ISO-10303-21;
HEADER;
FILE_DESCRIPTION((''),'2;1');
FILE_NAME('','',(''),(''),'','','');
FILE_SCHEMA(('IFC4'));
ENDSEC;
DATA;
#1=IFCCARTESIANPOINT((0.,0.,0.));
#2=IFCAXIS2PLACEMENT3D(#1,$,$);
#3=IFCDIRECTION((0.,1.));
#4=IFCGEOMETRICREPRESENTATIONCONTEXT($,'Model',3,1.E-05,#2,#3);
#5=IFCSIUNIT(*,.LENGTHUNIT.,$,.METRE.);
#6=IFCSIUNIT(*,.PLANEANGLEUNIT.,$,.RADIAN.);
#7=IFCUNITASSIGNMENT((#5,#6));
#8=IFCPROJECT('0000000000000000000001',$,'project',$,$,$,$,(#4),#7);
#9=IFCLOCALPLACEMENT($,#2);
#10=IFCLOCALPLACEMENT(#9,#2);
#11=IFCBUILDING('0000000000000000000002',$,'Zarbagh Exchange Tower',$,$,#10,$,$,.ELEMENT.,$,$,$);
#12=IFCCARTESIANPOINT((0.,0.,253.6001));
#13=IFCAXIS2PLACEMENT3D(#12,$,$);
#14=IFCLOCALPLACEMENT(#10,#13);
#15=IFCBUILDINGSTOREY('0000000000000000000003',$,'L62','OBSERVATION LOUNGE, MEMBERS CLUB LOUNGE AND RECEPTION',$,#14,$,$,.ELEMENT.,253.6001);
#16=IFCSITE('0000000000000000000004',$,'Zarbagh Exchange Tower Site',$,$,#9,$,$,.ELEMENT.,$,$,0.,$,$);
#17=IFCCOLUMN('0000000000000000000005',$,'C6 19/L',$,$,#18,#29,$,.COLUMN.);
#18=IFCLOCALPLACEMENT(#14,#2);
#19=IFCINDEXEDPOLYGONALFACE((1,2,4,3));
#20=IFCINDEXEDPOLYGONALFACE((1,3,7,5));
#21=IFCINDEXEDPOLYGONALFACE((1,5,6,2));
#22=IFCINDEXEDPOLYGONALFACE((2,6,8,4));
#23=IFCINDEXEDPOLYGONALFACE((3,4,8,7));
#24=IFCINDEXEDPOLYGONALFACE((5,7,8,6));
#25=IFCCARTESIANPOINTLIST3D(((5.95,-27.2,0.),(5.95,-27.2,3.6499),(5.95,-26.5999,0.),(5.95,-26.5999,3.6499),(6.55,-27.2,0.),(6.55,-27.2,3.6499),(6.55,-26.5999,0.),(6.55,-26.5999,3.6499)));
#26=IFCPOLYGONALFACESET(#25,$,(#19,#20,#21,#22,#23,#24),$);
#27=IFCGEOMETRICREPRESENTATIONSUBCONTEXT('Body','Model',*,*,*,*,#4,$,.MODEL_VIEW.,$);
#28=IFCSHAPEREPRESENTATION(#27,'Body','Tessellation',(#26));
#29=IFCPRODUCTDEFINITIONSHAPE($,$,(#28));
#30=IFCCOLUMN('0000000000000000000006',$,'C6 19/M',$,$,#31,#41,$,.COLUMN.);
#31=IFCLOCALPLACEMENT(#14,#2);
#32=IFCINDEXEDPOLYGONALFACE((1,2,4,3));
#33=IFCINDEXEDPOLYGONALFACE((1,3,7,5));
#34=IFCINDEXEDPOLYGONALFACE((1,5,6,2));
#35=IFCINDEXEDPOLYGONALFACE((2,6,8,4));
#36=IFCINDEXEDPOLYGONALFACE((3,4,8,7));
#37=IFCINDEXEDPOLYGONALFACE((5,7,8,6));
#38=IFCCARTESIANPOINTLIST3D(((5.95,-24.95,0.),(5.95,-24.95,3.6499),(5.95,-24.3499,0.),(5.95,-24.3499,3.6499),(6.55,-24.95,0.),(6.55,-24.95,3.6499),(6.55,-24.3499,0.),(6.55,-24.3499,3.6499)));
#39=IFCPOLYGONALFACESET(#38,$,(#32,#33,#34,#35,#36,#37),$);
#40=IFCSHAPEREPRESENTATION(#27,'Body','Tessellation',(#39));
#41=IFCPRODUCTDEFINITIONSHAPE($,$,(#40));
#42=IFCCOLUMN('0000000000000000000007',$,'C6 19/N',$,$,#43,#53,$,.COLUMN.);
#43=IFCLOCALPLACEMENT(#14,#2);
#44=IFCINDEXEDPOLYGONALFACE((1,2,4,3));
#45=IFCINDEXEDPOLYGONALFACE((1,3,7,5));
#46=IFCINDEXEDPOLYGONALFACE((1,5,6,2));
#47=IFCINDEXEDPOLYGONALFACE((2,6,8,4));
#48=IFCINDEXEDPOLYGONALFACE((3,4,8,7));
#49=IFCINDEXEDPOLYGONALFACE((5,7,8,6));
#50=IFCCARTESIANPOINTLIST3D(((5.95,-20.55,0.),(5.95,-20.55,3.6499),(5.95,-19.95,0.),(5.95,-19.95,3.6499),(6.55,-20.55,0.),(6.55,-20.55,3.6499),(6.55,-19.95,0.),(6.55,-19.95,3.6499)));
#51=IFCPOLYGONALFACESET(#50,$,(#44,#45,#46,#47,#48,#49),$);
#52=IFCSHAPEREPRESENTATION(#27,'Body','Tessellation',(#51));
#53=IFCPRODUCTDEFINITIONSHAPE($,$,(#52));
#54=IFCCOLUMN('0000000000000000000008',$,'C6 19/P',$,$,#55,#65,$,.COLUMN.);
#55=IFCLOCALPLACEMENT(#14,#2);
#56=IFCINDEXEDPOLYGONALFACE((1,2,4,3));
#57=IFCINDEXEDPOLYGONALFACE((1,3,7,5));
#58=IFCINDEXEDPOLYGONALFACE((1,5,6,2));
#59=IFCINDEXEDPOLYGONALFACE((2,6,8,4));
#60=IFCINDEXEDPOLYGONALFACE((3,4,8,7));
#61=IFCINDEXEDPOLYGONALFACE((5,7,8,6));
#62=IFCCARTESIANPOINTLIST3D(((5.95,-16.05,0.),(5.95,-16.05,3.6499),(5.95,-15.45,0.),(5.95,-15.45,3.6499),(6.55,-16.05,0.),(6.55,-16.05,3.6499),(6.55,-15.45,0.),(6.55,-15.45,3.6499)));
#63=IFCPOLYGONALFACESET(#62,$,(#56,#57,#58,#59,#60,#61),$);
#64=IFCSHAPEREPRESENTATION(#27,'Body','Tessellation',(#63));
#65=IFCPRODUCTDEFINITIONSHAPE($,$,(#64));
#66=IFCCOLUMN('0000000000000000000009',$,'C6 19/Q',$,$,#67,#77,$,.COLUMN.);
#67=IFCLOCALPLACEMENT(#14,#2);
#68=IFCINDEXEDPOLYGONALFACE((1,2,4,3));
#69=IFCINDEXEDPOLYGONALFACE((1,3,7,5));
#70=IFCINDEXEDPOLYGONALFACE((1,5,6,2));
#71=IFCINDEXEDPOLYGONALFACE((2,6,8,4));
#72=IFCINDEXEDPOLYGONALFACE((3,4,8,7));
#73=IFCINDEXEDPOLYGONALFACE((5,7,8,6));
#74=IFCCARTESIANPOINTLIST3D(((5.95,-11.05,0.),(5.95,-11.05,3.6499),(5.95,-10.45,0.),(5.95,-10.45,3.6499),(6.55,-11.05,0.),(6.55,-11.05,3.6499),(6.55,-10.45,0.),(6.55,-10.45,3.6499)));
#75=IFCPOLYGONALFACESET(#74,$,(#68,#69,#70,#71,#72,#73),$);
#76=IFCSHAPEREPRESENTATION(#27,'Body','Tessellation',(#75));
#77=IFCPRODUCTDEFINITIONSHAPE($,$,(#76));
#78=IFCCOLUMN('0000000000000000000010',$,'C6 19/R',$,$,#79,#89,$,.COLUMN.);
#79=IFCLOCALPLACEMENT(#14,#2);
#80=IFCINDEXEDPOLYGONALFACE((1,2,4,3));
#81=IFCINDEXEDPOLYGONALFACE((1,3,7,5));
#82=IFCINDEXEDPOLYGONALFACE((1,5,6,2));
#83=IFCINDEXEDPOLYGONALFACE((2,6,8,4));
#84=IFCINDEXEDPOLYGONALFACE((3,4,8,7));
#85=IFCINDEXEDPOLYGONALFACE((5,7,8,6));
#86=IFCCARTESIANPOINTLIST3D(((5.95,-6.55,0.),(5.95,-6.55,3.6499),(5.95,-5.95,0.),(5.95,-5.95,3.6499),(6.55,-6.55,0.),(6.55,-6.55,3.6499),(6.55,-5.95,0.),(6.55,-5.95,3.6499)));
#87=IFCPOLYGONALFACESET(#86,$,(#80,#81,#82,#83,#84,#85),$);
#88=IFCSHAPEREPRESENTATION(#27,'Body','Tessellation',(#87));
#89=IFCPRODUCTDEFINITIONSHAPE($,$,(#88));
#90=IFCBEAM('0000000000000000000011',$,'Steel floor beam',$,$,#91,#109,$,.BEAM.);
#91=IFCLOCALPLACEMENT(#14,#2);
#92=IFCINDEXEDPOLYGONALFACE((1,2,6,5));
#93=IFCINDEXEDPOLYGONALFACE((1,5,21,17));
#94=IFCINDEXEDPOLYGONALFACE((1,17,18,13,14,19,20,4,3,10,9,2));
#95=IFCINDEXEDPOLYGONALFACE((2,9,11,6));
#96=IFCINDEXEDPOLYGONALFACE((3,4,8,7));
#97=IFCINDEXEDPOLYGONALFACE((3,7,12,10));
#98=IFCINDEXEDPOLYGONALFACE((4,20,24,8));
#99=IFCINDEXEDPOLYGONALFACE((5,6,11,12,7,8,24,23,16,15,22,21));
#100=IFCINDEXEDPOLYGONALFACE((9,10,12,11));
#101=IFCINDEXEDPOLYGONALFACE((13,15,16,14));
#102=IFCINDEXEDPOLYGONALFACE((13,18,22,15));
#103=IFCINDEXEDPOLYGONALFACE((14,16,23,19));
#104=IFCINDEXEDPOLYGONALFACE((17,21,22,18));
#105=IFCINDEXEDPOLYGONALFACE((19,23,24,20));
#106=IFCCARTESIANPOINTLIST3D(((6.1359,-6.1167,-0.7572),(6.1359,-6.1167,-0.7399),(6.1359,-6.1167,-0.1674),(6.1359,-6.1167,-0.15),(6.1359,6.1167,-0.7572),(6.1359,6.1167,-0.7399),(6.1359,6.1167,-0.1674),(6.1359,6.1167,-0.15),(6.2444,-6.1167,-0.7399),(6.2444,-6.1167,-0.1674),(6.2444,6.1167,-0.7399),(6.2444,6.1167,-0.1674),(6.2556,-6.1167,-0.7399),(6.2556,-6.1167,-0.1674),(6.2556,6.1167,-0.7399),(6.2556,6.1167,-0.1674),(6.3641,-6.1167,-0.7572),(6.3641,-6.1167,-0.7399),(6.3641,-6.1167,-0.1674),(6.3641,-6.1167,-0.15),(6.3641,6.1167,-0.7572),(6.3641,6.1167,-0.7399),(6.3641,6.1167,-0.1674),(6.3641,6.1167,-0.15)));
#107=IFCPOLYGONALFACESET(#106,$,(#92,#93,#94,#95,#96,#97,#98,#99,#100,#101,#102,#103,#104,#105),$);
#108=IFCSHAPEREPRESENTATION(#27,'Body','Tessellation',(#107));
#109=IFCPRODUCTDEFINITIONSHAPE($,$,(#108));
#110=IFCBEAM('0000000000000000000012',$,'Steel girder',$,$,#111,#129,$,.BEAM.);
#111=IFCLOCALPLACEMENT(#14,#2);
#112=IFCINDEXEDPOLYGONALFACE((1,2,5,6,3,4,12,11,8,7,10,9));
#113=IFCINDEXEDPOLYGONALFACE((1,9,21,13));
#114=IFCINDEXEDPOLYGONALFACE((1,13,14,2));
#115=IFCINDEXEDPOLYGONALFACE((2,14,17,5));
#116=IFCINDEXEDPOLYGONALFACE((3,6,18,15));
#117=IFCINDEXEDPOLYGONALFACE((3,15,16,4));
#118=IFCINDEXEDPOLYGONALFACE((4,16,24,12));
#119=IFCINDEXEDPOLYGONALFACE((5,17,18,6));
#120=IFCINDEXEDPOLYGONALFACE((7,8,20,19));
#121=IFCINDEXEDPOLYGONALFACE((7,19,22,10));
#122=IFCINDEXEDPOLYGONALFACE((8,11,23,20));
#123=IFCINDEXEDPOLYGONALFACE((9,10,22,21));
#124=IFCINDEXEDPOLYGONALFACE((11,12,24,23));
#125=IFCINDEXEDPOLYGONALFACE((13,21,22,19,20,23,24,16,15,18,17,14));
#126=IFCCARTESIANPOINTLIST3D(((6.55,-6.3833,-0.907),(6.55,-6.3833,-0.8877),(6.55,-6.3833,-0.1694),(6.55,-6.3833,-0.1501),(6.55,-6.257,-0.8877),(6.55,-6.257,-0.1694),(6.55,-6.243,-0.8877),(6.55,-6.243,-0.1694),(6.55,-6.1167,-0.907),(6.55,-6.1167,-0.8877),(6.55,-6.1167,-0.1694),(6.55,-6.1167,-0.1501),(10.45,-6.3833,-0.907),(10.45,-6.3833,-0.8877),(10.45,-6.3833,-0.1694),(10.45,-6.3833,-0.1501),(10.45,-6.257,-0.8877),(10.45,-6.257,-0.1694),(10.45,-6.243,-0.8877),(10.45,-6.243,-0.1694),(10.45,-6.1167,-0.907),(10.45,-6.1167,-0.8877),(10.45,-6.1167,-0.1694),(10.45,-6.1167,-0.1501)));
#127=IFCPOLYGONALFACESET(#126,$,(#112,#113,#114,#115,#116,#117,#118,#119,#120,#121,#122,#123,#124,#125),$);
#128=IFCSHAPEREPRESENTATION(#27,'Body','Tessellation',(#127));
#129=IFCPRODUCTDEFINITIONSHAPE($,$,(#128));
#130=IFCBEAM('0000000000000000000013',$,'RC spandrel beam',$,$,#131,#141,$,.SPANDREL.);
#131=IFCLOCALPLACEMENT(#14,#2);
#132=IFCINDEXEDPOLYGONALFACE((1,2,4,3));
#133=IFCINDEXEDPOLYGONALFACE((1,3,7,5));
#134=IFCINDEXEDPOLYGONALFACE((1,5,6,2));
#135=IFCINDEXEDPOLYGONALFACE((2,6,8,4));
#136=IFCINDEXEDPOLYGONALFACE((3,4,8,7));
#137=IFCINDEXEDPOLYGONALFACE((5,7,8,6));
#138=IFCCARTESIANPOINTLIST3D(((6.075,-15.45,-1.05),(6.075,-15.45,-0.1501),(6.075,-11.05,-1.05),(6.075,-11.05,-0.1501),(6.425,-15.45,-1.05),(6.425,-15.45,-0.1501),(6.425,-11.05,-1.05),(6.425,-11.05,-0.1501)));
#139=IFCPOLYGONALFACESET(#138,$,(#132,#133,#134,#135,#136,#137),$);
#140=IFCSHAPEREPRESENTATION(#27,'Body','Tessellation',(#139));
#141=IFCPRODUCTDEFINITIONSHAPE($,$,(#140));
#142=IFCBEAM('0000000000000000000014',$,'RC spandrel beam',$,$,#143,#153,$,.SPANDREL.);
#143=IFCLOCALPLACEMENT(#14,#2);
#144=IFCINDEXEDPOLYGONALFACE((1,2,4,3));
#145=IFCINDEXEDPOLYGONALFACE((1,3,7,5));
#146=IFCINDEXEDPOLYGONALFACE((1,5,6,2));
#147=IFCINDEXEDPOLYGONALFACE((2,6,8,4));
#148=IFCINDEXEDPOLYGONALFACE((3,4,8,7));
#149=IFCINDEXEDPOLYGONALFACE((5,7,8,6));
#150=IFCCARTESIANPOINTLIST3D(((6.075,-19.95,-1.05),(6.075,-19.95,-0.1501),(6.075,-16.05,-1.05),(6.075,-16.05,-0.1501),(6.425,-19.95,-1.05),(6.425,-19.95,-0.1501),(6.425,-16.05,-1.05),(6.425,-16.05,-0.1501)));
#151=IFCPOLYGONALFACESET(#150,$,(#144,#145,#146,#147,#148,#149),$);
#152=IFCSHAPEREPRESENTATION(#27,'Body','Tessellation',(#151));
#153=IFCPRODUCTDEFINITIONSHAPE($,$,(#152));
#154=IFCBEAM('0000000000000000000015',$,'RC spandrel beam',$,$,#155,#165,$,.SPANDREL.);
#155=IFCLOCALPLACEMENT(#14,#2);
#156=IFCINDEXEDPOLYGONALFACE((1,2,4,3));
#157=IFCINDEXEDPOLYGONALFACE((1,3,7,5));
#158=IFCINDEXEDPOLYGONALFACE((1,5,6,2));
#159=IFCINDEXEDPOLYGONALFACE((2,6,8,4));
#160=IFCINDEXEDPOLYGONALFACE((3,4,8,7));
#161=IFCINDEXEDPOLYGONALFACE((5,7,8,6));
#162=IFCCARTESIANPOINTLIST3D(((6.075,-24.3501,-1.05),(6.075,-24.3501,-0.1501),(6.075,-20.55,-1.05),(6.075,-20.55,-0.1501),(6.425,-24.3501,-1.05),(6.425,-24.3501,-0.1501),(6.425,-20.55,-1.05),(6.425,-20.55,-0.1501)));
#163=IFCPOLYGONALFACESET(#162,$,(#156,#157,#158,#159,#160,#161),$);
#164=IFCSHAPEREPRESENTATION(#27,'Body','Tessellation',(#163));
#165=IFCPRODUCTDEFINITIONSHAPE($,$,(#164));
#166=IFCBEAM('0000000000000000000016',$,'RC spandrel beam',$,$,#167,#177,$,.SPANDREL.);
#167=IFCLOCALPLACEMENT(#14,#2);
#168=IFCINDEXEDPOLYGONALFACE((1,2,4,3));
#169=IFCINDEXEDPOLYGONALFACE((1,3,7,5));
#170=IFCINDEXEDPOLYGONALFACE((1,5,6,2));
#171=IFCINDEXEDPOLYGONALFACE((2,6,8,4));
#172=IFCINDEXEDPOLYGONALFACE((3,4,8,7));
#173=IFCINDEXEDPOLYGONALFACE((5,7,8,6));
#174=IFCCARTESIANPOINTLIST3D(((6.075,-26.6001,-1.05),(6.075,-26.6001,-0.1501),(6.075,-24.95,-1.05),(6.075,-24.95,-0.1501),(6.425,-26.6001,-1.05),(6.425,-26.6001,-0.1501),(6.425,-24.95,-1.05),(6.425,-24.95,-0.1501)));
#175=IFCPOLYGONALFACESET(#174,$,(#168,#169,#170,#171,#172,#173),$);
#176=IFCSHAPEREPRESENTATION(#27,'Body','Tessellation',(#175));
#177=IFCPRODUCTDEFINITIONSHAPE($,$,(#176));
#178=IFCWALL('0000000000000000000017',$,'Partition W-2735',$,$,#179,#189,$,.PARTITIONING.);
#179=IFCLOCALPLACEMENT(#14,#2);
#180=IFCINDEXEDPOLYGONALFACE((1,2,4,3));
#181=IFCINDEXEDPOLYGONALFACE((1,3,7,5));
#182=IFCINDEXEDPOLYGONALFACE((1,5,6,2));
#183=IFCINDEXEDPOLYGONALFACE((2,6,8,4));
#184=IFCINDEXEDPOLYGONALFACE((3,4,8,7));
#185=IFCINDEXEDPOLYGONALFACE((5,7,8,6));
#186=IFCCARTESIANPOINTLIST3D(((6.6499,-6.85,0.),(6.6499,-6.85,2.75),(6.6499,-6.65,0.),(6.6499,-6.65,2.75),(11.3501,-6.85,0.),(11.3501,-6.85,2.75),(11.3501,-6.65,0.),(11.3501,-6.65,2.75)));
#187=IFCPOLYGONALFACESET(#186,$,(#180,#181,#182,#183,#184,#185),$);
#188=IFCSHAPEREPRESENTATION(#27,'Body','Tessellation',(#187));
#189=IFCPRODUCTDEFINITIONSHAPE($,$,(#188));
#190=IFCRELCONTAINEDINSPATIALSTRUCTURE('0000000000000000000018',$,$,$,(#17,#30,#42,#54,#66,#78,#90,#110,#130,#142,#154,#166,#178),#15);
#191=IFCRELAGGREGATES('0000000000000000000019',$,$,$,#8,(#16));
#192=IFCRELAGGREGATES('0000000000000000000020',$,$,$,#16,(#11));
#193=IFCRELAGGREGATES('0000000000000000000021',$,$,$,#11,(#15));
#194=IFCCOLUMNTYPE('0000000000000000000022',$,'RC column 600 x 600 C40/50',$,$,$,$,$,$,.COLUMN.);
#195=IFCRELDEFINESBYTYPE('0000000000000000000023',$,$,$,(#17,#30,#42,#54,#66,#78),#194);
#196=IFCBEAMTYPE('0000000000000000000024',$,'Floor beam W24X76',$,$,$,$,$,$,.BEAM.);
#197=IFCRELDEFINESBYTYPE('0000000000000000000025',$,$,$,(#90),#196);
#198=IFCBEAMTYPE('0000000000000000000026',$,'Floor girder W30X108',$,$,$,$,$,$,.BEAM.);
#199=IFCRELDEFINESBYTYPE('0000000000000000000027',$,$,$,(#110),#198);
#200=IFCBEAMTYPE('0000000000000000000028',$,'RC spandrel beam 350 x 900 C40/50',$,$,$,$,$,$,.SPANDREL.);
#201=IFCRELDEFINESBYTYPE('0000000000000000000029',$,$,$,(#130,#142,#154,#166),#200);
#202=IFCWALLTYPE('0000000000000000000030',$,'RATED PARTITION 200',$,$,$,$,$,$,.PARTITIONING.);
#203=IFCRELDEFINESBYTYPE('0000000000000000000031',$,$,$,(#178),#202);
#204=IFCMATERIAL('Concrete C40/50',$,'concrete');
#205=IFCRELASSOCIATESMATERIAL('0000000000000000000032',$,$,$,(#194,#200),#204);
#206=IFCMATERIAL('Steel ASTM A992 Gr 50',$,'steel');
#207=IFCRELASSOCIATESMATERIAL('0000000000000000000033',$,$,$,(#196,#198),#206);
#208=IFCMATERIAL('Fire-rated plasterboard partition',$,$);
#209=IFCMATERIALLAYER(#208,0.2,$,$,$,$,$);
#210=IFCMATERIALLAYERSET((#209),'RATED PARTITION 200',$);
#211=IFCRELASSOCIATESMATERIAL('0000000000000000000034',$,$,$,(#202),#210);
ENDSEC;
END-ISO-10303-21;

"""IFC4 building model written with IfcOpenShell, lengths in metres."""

from ifc_helpers import new_model, si_unit, direction, frame, frame_2d, origin, origin_2d, place, context, subcontext, project, spatial, rectangle, i_section, extrude, material, layer, layer_set, material_profile, profile_set, type_object, element, save


model = new_model("IFC4")

# Units and contexts
model_context = context("Model", 3, precision=1e-05, world=origin(), true_north=direction((0.0, 1.0)))
body_context = subcontext(model_context, "Body", "Model", "MODEL_VIEW")
ifc_project = project(units=[si_unit("LENGTHUNIT", "METRE"), si_unit("PLANEANGLEUNIT", "RADIAN")], contexts=[model_context])

# Site, building, storey
site_placement = place(None, origin())
site = spatial("IfcSite", under=ifc_project, at=site_placement, Name="Zarbagh Exchange Tower Site", CompositionType="ELEMENT", RefElevation=0.0)
building_placement = place(site_placement, origin())
building = spatial("IfcBuilding", under=site, at=building_placement, Name="Zarbagh Exchange Tower", CompositionType="ELEMENT")
storey_placement = place(building_placement, frame((0.0, 0.0, 253.6001)))
storey = spatial("IfcBuildingStorey", under=building, at=storey_placement, Name="L62", Description="OBSERVATION LOUNGE, MEMBERS CLUB LOUNGE AND RECEPTION", CompositionType="ELEMENT", Elevation=253.6001)

# Columns
ifc_material_1 = material(Name="Concrete C40/50", Category="concrete")
ifc_material_profile_1 = material_profile(ifc_material_1, rectangle(XDim=0.6001, YDim=0.6001, at=origin_2d()), Name="RC column 600 x 600 C40/50")
ifc_profile_set_1 = profile_set([ifc_material_profile_1], Name="Concrete C40/50")
column_type = type_object("IfcColumnType", Name="RC column 600 x 600 C40/50", PredefinedType="COLUMN", material=ifc_profile_set_1)
for number, where, z_axis, x_axis, name in (
    (1, (6.25, -26.8999, 0.0), (0.0, 0.0, 1.0), (1.0, 0.0, 0.0), "C6 19/L"),
    (2, (6.25, -24.6499, 0.0), (0.0, 0.0, 1.0), (1.0, 0.0, 0.0), "C6 19/M"),
    (3, (6.25, -20.25, 0.0), (0.0, 0.0, 1.0), (1.0, 0.0, 0.0), "C6 19/N"),
    (4, (6.25, -15.75, 0.0), (0.0, 0.0, 1.0), (1.0, 0.0, 0.0), "C6 19/P"),
    (5, (6.25, -10.75, 0.0), (0.0, 0.0, 1.0), (1.0, 0.0, 0.0), "C6 19/Q"),
    (6, (6.25, -6.25, 0.0), (0.0, 0.0, 1.0), (1.0, 0.0, 0.0), "C6 19/R"),
):
    element("IfcColumn", number, at=place(storey_placement, frame(where, z_axis=z_axis, x_axis=x_axis)), inside=storey, type_object=column_type, Name=name, PredefinedType="COLUMN", context=body_context, shape_type="SweptSolid", body=[
        extrude(rectangle(XDim=0.6001, YDim=0.6001, at=origin_2d()), origin(), (0.0, 0.0, 1.0), 3.6499),
    ])

# Beams
ifc_material_2 = material(Name="Steel ASTM A992 Gr 50", Category="steel")
ifc_material_profile_2 = material_profile(ifc_material_2, i_section(OverallWidth=0.2283, OverallDepth=0.6072, WebThickness=0.0112, FlangeThickness=0.0173, at=origin_2d()), Name="W24X76")
ifc_profile_set_2 = profile_set([ifc_material_profile_2], Name="Steel ASTM A992 Gr 50")
beam_type_1 = type_object("IfcBeamType", Name="Floor beam W24X76", PredefinedType="BEAM", material=ifc_profile_set_2)
beam_1_placement = place(storey_placement, frame((6.25, -6.1167, -0.4536), z_axis=(0.0, 1.0, 0.0), x_axis=(-1.0, 0.0, 0.0)))
element("IfcBeam", 7, at=beam_1_placement, inside=storey, type_object=beam_type_1, Name="Steel floor beam", PredefinedType="BEAM", context=body_context, shape_type="SweptSolid", body=[
    extrude(i_section(OverallWidth=0.2283, OverallDepth=0.6072, WebThickness=0.0112, FlangeThickness=0.0173, at=origin_2d()), origin(), (0.0, 0.0, 1.0), 12.2334),
])
ifc_material_profile_3 = material_profile(ifc_material_2, i_section(OverallWidth=0.2666, OverallDepth=0.7568, WebThickness=0.0139, FlangeThickness=0.0193, at=origin_2d()), Name="W30X108")
ifc_profile_set_3 = profile_set([ifc_material_profile_3], Name="Steel ASTM A992 Gr 50")
beam_type_2 = type_object("IfcBeamType", Name="Floor girder W30X108", PredefinedType="BEAM", material=ifc_profile_set_3)
beam_2_placement = place(storey_placement, frame((6.55, -6.25, -0.5286), z_axis=(1.0, 0.0, 0.0), x_axis=(0.0, 1.0, 0.0)))
element("IfcBeam", 8, at=beam_2_placement, inside=storey, type_object=beam_type_2, Name="Steel girder", PredefinedType="BEAM", context=body_context, shape_type="SweptSolid", body=[
    extrude(i_section(OverallWidth=0.2666, OverallDepth=0.7568, WebThickness=0.0139, FlangeThickness=0.0193, at=origin_2d()), origin(), (0.0, 0.0, 1.0), 3.8999),
])
ifc_material_profile_4 = material_profile(ifc_material_1, rectangle(XDim=0.3501, YDim=0.8999, at=origin_2d()), Name="RC spandrel beam 350 x 900 C40/50")
ifc_profile_set_4 = profile_set([ifc_material_profile_4], Name="Concrete C40/50")
beam_type_3 = type_object("IfcBeamType", Name="RC spandrel beam 350 x 900 C40/50", PredefinedType="SPANDREL", material=ifc_profile_set_4)
beam_3_placement = place(storey_placement, frame((6.25, -11.05, -0.6001), z_axis=(0.0, -1.0, 0.0), x_axis=(1.0, 0.0, 0.0)))
element("IfcBeam", 9, at=beam_3_placement, inside=storey, type_object=beam_type_3, Name="RC spandrel beam", PredefinedType="SPANDREL", context=body_context, shape_type="SweptSolid", body=[
    extrude(rectangle(XDim=0.3501, YDim=0.8999, at=origin_2d()), origin(), (0.0, 0.0, 1.0), 4.3999),
])
beam_4_placement = place(storey_placement, frame((6.25, -16.05, -0.6001), z_axis=(0.0, -1.0, 0.0), x_axis=(1.0, 0.0, 0.0)))
element("IfcBeam", 10, at=beam_4_placement, inside=storey, type_object=beam_type_3, Name="RC spandrel beam", PredefinedType="SPANDREL", context=body_context, shape_type="SweptSolid", body=[
    extrude(rectangle(XDim=0.3501, YDim=0.8999, at=origin_2d()), origin(), (0.0, 0.0, 1.0), 3.8999),
])
beam_5_placement = place(storey_placement, frame((6.25, -20.55, -0.6001), z_axis=(0.0, -1.0, 0.0), x_axis=(1.0, 0.0, 0.0)))
element("IfcBeam", 11, at=beam_5_placement, inside=storey, type_object=beam_type_3, Name="RC spandrel beam", PredefinedType="SPANDREL", context=body_context, shape_type="SweptSolid", body=[
    extrude(rectangle(XDim=0.3501, YDim=0.8999, at=origin_2d()), origin(), (0.0, 0.0, 1.0), 3.8),
])
beam_6_placement = place(storey_placement, frame((6.25, -24.95, -0.6001), z_axis=(0.0, -1.0, 0.0), x_axis=(1.0, 0.0, 0.0)))
element("IfcBeam", 12, at=beam_6_placement, inside=storey, type_object=beam_type_3, Name="RC spandrel beam", PredefinedType="SPANDREL", context=body_context, shape_type="SweptSolid", body=[
    extrude(rectangle(XDim=0.3501, YDim=0.8999, at=origin_2d()), origin(), (0.0, 0.0, 1.0), 1.6501),
])

# Wall
ifc_material_3 = material(Name="Fire-rated plasterboard partition")
ifc_layer_1 = layer(ifc_material_3, 0.2)
ifc_layer_set_1 = layer_set([ifc_layer_1], Name="RATED PARTITION 200")
wall_type_1 = type_object("IfcWallType", Name="RATED PARTITION 200", PredefinedType="PARTITIONING", material=ifc_layer_set_1)
wall_1_placement = place(storey_placement, frame((6.6499, -6.75, 0.0), z_axis=(0.0, 0.0, 1.0), x_axis=(1.0, 0.0, 0.0)))
element("IfcWall", 13, at=wall_1_placement, inside=storey, type_object=wall_type_1, Name="Partition W-2735", PredefinedType="PARTITIONING", context=body_context, shape_type="SweptSolid", body=[
    extrude(rectangle(XDim=4.7002, YDim=0.2, at=frame_2d((2.3501, 0.0))), origin(), (0.0, 0.0, 1.0), 2.75),
])

save(model, "model.ifc")
